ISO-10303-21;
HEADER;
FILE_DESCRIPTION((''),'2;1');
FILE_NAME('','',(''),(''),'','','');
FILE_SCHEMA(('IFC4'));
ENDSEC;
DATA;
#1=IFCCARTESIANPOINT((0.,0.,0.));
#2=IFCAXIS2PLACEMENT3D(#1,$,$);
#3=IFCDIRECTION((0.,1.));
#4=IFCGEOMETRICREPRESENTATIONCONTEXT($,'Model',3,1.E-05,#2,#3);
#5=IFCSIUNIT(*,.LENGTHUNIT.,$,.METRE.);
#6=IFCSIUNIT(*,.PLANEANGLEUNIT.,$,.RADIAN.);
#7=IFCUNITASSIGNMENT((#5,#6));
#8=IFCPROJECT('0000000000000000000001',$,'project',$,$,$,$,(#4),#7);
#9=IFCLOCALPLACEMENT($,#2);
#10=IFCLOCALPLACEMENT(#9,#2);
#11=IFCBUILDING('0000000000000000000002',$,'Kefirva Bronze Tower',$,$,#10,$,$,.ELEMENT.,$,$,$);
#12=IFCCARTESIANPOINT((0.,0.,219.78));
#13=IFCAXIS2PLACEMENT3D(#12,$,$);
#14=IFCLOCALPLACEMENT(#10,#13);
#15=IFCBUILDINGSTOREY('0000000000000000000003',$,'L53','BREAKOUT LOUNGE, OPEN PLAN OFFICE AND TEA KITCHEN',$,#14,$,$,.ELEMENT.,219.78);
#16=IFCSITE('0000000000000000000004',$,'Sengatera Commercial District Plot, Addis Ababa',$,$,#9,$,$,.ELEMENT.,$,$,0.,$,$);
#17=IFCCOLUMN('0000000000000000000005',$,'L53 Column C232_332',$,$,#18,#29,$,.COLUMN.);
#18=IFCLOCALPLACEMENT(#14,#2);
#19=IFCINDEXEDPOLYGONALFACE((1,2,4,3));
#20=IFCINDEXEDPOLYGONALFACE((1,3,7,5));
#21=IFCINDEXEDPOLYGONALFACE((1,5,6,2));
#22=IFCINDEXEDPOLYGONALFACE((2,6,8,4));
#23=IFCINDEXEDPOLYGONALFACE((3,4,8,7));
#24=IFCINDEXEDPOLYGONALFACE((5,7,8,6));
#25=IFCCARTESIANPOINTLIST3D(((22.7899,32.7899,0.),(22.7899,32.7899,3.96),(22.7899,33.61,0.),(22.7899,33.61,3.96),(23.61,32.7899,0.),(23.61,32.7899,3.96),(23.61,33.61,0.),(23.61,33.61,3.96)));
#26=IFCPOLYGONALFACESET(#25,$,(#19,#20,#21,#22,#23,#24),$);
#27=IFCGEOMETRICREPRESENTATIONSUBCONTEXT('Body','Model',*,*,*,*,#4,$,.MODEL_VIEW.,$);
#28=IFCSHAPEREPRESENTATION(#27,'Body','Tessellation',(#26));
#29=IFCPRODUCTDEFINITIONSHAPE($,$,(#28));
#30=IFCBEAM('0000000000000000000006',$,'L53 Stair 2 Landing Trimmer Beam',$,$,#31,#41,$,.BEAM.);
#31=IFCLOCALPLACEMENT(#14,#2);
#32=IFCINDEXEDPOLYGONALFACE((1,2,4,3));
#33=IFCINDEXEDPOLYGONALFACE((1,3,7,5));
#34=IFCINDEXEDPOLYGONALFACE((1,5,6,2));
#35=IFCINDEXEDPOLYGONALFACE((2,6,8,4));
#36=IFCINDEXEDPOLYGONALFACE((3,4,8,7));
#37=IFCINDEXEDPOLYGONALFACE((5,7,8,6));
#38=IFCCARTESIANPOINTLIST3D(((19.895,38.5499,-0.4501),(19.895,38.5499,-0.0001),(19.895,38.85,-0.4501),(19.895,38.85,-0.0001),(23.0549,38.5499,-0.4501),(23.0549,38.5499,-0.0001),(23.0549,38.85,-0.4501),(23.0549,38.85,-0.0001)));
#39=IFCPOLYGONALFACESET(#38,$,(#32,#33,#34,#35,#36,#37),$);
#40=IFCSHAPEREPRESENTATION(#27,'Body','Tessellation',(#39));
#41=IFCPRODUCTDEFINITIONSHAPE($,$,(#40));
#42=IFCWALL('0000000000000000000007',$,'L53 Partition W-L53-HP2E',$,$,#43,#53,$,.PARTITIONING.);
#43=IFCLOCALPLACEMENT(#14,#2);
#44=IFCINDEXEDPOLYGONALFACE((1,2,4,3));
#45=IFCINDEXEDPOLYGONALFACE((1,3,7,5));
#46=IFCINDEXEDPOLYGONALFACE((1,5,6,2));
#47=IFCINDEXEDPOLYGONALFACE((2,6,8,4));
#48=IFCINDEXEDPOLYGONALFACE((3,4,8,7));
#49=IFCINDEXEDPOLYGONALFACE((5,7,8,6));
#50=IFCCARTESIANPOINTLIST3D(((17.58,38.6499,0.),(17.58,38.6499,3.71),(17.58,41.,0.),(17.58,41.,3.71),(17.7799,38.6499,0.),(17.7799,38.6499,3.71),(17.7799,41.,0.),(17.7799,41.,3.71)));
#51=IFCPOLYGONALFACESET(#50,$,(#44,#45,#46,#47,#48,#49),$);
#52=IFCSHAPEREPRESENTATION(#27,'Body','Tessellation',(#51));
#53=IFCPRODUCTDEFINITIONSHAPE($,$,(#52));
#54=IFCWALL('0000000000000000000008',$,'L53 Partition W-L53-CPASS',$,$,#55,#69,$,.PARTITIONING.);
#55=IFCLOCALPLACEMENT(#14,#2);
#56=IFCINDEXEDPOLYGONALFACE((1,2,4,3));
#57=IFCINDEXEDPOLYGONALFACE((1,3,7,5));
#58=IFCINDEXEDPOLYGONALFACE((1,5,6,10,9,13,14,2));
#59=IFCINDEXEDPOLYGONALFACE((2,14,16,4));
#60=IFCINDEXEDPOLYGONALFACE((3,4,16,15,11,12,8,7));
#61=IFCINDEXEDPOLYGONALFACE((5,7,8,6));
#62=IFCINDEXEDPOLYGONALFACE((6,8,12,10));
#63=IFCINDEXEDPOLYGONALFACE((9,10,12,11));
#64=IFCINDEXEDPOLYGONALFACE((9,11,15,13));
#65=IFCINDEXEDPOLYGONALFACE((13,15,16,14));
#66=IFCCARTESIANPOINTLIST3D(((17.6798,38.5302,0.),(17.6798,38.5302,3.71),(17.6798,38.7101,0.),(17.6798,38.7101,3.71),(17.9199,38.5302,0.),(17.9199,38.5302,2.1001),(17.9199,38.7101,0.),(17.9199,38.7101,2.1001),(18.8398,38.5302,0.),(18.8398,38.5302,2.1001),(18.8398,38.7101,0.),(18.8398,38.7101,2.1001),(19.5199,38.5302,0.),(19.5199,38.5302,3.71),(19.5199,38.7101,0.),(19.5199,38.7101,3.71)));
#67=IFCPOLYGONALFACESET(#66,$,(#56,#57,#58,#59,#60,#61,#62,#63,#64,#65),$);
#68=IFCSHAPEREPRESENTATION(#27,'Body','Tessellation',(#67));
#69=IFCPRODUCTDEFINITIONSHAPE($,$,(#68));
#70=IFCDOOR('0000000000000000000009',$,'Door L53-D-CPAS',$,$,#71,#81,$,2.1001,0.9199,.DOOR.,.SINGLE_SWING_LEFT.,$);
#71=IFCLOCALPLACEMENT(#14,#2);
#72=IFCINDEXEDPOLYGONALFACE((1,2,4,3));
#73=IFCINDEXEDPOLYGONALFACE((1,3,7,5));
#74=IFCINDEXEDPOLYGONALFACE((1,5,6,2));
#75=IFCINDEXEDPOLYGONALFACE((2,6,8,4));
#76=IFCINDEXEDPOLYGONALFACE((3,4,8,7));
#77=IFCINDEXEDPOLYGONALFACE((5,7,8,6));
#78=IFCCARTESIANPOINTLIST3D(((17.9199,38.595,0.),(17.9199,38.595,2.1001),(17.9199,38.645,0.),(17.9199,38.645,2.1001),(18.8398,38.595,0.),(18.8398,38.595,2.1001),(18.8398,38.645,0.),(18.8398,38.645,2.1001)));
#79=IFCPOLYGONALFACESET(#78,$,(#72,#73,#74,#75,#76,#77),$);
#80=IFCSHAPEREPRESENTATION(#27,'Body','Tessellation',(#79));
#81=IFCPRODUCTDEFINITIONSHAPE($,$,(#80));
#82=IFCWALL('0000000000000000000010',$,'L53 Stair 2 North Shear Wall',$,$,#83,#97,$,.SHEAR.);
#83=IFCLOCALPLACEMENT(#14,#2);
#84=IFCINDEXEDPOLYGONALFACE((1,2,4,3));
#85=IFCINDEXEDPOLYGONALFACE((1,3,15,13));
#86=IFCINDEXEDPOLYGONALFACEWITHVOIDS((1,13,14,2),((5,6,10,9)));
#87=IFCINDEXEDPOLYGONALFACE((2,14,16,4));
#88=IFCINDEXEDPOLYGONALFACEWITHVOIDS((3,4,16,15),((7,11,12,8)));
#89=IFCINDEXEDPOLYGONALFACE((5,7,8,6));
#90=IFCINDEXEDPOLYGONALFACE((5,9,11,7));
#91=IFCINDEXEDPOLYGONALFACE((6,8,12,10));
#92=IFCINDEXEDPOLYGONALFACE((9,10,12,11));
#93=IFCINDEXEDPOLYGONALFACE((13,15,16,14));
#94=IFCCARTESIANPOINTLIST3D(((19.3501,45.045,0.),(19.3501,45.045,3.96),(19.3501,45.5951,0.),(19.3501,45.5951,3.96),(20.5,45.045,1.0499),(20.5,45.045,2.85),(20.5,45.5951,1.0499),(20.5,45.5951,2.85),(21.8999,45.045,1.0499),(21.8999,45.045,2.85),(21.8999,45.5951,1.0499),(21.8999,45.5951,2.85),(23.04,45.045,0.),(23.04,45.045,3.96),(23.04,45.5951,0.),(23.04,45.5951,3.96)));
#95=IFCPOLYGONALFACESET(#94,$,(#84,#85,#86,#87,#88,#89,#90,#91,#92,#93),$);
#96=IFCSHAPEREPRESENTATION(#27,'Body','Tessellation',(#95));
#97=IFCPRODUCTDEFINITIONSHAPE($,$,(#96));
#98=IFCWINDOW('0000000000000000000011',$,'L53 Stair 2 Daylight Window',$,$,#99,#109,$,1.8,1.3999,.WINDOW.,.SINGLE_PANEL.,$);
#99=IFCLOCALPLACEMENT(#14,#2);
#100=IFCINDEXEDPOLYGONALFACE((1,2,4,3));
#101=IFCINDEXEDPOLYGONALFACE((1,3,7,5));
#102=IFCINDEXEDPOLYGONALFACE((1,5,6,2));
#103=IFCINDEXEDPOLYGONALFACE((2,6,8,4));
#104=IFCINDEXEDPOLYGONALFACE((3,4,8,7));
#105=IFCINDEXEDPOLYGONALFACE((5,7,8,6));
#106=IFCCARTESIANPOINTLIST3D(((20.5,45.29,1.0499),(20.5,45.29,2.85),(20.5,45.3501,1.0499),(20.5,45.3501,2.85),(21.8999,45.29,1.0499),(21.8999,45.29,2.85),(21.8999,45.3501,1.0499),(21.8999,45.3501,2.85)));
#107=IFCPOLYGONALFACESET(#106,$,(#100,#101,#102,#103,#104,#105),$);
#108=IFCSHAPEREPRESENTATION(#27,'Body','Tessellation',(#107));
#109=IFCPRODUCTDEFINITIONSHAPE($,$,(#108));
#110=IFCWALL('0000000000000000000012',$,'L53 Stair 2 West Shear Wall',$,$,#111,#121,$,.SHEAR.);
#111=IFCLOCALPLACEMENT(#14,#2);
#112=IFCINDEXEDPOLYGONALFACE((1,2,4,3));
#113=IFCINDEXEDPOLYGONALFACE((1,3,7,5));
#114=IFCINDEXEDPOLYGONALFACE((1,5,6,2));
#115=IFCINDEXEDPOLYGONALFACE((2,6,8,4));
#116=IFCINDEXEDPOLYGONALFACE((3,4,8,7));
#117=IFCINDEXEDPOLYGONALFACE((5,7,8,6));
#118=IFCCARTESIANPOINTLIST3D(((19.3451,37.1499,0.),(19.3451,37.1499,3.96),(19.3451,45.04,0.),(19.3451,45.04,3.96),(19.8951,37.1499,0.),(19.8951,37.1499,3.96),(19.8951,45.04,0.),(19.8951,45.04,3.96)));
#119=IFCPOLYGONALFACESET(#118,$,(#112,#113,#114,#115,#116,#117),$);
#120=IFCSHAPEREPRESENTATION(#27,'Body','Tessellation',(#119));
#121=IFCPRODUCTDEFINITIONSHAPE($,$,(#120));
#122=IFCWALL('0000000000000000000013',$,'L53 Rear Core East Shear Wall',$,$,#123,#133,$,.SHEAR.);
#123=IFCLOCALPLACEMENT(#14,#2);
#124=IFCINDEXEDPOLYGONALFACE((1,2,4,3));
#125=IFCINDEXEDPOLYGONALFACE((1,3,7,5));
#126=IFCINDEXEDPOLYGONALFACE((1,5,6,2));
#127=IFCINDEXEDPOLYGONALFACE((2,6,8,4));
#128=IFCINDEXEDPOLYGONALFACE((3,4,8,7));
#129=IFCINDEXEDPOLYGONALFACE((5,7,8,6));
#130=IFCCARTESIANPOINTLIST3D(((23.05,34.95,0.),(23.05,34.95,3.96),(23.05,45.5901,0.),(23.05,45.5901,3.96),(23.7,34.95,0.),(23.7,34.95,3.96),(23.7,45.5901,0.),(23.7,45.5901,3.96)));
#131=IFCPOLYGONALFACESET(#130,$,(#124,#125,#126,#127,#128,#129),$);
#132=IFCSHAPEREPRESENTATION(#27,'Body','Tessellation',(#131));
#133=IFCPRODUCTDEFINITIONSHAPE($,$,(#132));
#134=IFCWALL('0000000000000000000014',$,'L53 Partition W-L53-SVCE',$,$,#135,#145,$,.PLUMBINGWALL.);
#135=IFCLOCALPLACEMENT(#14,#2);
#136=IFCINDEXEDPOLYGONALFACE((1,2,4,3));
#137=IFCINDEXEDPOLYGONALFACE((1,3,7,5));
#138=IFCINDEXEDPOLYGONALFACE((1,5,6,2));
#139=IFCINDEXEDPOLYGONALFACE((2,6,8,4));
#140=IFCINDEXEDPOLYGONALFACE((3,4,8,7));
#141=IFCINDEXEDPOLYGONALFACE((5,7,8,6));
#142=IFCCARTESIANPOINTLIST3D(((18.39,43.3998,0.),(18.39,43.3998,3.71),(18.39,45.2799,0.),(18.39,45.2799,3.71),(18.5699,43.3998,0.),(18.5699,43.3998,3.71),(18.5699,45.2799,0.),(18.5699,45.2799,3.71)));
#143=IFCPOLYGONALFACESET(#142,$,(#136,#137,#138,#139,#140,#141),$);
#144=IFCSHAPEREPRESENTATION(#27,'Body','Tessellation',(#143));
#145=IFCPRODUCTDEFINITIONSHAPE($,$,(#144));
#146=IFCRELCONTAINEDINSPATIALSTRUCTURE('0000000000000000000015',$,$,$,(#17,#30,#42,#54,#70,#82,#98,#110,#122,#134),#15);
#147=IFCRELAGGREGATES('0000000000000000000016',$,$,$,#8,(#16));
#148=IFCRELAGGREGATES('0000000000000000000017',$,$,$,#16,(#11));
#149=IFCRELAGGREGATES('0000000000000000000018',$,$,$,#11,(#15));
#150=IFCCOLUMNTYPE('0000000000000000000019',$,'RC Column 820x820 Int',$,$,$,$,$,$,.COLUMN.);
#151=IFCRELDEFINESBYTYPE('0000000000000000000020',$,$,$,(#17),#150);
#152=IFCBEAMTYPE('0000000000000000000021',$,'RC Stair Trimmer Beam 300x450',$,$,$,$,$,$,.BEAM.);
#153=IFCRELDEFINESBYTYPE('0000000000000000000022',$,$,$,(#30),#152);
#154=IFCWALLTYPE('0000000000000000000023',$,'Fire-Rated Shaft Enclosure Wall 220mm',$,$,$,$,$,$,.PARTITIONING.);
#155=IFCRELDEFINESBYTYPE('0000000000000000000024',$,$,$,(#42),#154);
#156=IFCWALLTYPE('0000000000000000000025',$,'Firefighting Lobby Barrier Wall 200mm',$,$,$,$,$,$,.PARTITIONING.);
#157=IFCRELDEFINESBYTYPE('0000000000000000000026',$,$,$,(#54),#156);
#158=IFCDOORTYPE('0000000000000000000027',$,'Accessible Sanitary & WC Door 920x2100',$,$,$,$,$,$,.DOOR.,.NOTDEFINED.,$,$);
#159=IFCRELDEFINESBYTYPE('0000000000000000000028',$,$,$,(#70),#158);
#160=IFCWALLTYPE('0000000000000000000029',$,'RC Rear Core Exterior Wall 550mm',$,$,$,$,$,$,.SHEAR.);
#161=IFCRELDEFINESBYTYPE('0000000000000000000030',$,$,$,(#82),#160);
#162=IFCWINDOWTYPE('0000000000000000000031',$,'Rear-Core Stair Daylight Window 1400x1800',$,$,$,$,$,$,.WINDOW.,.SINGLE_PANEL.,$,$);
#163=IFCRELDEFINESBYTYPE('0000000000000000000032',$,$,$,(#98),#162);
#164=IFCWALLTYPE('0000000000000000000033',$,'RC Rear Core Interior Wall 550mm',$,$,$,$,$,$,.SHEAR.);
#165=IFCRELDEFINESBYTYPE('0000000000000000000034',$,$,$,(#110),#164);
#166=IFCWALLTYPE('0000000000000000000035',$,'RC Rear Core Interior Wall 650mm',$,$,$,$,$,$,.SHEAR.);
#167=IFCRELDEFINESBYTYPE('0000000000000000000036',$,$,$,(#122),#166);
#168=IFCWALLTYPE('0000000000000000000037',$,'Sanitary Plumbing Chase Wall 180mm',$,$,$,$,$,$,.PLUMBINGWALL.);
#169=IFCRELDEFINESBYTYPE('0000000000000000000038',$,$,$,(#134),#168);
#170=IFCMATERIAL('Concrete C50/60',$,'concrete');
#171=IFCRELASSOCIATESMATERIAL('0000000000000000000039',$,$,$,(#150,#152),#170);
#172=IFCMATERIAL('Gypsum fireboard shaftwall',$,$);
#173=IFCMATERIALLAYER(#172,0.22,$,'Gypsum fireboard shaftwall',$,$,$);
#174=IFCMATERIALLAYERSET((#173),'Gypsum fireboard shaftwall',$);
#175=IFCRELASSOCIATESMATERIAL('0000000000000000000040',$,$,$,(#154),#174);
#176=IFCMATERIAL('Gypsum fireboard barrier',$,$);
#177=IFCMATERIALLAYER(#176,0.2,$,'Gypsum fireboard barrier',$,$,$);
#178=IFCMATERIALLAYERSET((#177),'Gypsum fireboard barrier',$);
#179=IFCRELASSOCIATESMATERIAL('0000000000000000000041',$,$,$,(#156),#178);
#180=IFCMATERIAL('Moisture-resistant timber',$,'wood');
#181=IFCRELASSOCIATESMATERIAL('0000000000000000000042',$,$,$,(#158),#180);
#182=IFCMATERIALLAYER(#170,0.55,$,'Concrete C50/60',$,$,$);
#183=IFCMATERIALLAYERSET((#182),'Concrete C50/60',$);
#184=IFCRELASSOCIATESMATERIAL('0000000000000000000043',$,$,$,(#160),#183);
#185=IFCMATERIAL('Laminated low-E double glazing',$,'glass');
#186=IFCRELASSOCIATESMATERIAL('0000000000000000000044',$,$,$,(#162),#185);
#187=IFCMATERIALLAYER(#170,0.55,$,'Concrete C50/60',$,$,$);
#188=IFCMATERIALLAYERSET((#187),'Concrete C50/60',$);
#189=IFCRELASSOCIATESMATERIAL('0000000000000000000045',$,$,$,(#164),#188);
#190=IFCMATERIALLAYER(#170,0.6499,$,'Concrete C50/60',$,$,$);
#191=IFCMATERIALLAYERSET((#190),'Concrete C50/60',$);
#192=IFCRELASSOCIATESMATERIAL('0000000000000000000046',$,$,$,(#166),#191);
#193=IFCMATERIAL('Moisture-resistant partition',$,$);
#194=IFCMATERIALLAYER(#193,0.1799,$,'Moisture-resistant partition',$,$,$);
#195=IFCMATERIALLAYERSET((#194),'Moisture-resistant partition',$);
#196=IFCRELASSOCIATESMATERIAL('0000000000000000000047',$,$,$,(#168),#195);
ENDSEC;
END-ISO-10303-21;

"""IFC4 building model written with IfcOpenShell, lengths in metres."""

from ifc_helpers import new_model, si_unit, direction, frame, frame_2d, origin, origin_2d, place, context, subcontext, project, spatial, rectangle, extrude, material, layer, layer_set, material_profile, profile_set, type_object, element, fill, save


model = new_model("IFC4")

# Units and contexts
model_context = context("Model", 3, precision=1e-05, world=origin(), true_north=direction((0.0, 1.0)))
body_context = subcontext(model_context, "Body", "Model", "MODEL_VIEW")
ifc_project = project(units=[si_unit("LENGTHUNIT", "METRE"), si_unit("PLANEANGLEUNIT", "RADIAN")], contexts=[model_context])

# Site, building, storey
site_placement = place(None, origin())
site = spatial("IfcSite", under=ifc_project, at=site_placement, Name="Sengatera Commercial District Plot, Addis Ababa", CompositionType="ELEMENT", RefElevation=0.0)
building_placement = place(site_placement, origin())
building = spatial("IfcBuilding", under=site, at=building_placement, Name="Kefirva Bronze Tower", CompositionType="ELEMENT")
storey_placement = place(building_placement, frame((0.0, 0.0, 219.78)))
storey = spatial("IfcBuildingStorey", under=building, at=storey_placement, Name="L53", Description="BREAKOUT LOUNGE, OPEN PLAN OFFICE AND TEA KITCHEN", CompositionType="ELEMENT", Elevation=219.78)

# Column
ifc_material_1 = material(Name="Concrete C50/60", Category="concrete")
ifc_material_profile_1 = material_profile(ifc_material_1, rectangle(XDim=0.8201, YDim=0.8201, at=origin_2d()), Name="RC 820x820")
ifc_profile_set_1 = profile_set([ifc_material_profile_1], Name="Concrete C50/60")
column_type = type_object("IfcColumnType", Name="RC Column 820x820 Int", PredefinedType="COLUMN", material=ifc_profile_set_1)
column_placement = place(storey_placement, frame((23.2, 33.2, 0.0), z_axis=(0.0, 0.0, 1.0), x_axis=(1.0, 0.0, 0.0)))
element("IfcColumn", 1, at=column_placement, inside=storey, type_object=column_type, Name="L53 Column C232_332", PredefinedType="COLUMN", context=body_context, shape_type="SweptSolid", body=[
    extrude(rectangle(XDim=0.8201, YDim=0.8201, at=origin_2d()), origin(), (0.0, 0.0, 1.0), 3.96),
])

# Beam
ifc_material_profile_2 = material_profile(ifc_material_1, rectangle(XDim=0.3, YDim=0.45, at=origin_2d()), Name="RC 300x450")
ifc_profile_set_2 = profile_set([ifc_material_profile_2], Name="Concrete C50/60")
beam_type = type_object("IfcBeamType", Name="RC Stair Trimmer Beam 300x450", PredefinedType="BEAM", material=ifc_profile_set_2)
beam_placement = place(storey_placement, frame((19.895, 38.7, -0.2251), z_axis=(1.0, 0.0, 0.0), x_axis=(0.0, 1.0, 0.0)))
element("IfcBeam", 2, at=beam_placement, inside=storey, type_object=beam_type, Name="L53 Stair 2 Landing Trimmer Beam", PredefinedType="BEAM", context=body_context, shape_type="SweptSolid", body=[
    extrude(rectangle(XDim=0.3, YDim=0.45, at=origin_2d()), origin(), (0.0, 0.0, 1.0), 3.1599),
])

# Shared definitions
ifc_material_2 = material(Name="Gypsum fireboard shaftwall")
ifc_layer_1 = layer(ifc_material_2, 0.22, Name="Gypsum fireboard shaftwall")
ifc_layer_set_1 = layer_set([ifc_layer_1], Name="Gypsum fireboard shaftwall")
wall_type_1 = type_object("IfcWallType", Name="Fire-Rated Shaft Enclosure Wall 220mm", PredefinedType="PARTITIONING", material=ifc_layer_set_1)

# Wall
wall_1_placement = place(storey_placement, frame((17.6799, 38.6499, 0.0), z_axis=(0.0, 0.0, 1.0), x_axis=(0.0, 1.0, 0.0)))
element("IfcWall", 3, at=wall_1_placement, inside=storey, type_object=wall_type_1, Name="L53 Partition W-L53-HP2E", PredefinedType="PARTITIONING", context=body_context, shape_type="SweptSolid", body=[
    extrude(rectangle(XDim=2.3501, YDim=0.2, at=frame_2d((1.175, 0.0))), origin(), (0.0, 0.0, 1.0), 3.71),
])

# Wall, opening, door
ifc_material_3 = material(Name="Gypsum fireboard barrier")
ifc_layer_2 = layer(ifc_material_3, 0.2, Name="Gypsum fireboard barrier")
ifc_layer_set_2 = layer_set([ifc_layer_2], Name="Gypsum fireboard barrier")
wall_type_2 = type_object("IfcWallType", Name="Firefighting Lobby Barrier Wall 200mm", PredefinedType="PARTITIONING", material=ifc_layer_set_2)
wall_2_placement = place(storey_placement, frame((17.6799, 38.6201, 0.0), z_axis=(0.0, 0.0, 1.0), x_axis=(1.0, 0.0, 0.0)))
wall_2 = element("IfcWall", 4, at=wall_2_placement, inside=storey, type_object=wall_type_2, Name="L53 Partition W-L53-CPASS", PredefinedType="PARTITIONING", context=body_context, shape_type="SweptSolid", body=[
    extrude(rectangle(XDim=1.8401, YDim=0.1799, at=frame_2d((0.9199, 0.0))), origin(), (0.0, 0.0, 1.0), 3.71),
])
opening_1_placement = place(wall_2_placement, frame((0.24, 0.0, 0.0)))
opening_1 = element("IfcOpeningElement", 5, at=opening_1_placement, cuts=wall_2, PredefinedType="OPENING", context=body_context, shape_type="SweptSolid", body=[
    extrude(rectangle(XDim=0.9199, YDim=2.1001, at=frame_2d((0.46, 1.05))), frame((0.0, 0.1001, 0.0), z_axis=(0.0, -1.0, 0.0), x_axis=(1.0, 0.0, 0.0)), (0.0, 0.0, 1.0), 0.2),
])
ifc_material_4 = material(Name="Moisture-resistant timber", Category="wood")
door_type_1 = type_object("IfcDoorType", Name="Accessible Sanitary & WC Door 920x2100", OperationType="NOTDEFINED", PredefinedType="DOOR", material=ifc_material_4)
door_1_placement = place(opening_1_placement, origin())
door_1 = element("IfcDoor", 6, at=door_1_placement, inside=storey, type_object=door_type_1, Name="Door L53-D-CPAS", OperationType="SINGLE_SWING_LEFT", OverallHeight=2.1001, OverallWidth=0.9199, PredefinedType="DOOR", context=body_context, shape_type="SweptSolid", body=[
    extrude(rectangle(XDim=0.9199, YDim=2.1001, at=frame_2d((0.46, 1.05))), frame((0.0, 0.0249, 0.0), z_axis=(0.0, -1.0, 0.0), x_axis=(1.0, 0.0, 0.0)), (0.0, 0.0, 1.0), 0.05),
])
fill(opening_1, door_1)

# Wall, opening, window
ifc_layer_3 = layer(ifc_material_1, 0.55, Name="Concrete C50/60")
ifc_layer_set_3 = layer_set([ifc_layer_3], Name="Concrete C50/60")
wall_type_3 = type_object("IfcWallType", Name="RC Rear Core Exterior Wall 550mm", PredefinedType="SHEAR", material=ifc_layer_set_3)
wall_3_placement = place(storey_placement, frame((19.3501, 45.3201, 0.0), z_axis=(0.0, 0.0, 1.0), x_axis=(1.0, 0.0, 0.0)))
wall_3 = element("IfcWall", 7, at=wall_3_placement, inside=storey, type_object=wall_type_3, Name="L53 Stair 2 North Shear Wall", PredefinedType="SHEAR", context=body_context, shape_type="SweptSolid", body=[
    extrude(rectangle(XDim=3.6899, YDim=0.55, at=frame_2d((1.845, 0.0))), origin(), (0.0, 0.0, 1.0), 3.96),
])
opening_2_placement = place(wall_3_placement, frame((1.1499, 0.0, 1.05)))
opening_2 = element("IfcOpeningElement", 8, at=opening_2_placement, cuts=wall_3, PredefinedType="OPENING", context=body_context, shape_type="SweptSolid", body=[
    extrude(rectangle(XDim=1.3999, YDim=1.8, at=frame_2d((0.7, 0.8999))), frame((0.0, 0.2852, 0.0), z_axis=(0.0, -1.0, 0.0), x_axis=(1.0, 0.0, 0.0)), (0.0, 0.0, 1.0), 0.5701),
])
ifc_material_5 = material(Name="Laminated low-E double glazing", Category="glass")
window_type = type_object("IfcWindowType", Name="Rear-Core Stair Daylight Window 1400x1800", PartitioningType="SINGLE_PANEL", PredefinedType="WINDOW", material=ifc_material_5)
window_placement = place(opening_2_placement, origin())
window = element("IfcWindow", 9, at=window_placement, inside=storey, type_object=window_type, Name="L53 Stair 2 Daylight Window", OverallHeight=1.8, OverallWidth=1.3999, PartitioningType="SINGLE_PANEL", PredefinedType="WINDOW", context=body_context, shape_type="SweptSolid", body=[
    extrude(rectangle(XDim=1.3999, YDim=1.8, at=frame_2d((0.7, 0.8999))), frame((0.0, 0.03, 0.0), z_axis=(0.0, -1.0, 0.0), x_axis=(1.0, 0.0, 0.0)), (0.0, 0.0, 1.0), 0.0601),
])
fill(opening_2, window)

# Walls
ifc_layer_4 = layer(ifc_material_1, 0.55, Name="Concrete C50/60")
ifc_layer_set_4 = layer_set([ifc_layer_4], Name="Concrete C50/60")
wall_type_4 = type_object("IfcWallType", Name="RC Rear Core Interior Wall 550mm", PredefinedType="SHEAR", material=ifc_layer_set_4)
wall_4_placement = place(storey_placement, frame((19.6201, 37.1499, 0.0), z_axis=(0.0, 0.0, 1.0), x_axis=(0.0, 1.0, 0.0)))
element("IfcWall", 10, at=wall_4_placement, inside=storey, type_object=wall_type_4, Name="L53 Stair 2 West Shear Wall", PredefinedType="SHEAR", context=body_context, shape_type="SweptSolid", body=[
    extrude(rectangle(XDim=7.8901, YDim=0.55, at=frame_2d((3.9451, 0.0))), origin(), (0.0, 0.0, 1.0), 3.96),
])
ifc_layer_5 = layer(ifc_material_1, 0.6499, Name="Concrete C50/60")
ifc_layer_set_5 = layer_set([ifc_layer_5], Name="Concrete C50/60")
wall_type_5 = type_object("IfcWallType", Name="RC Rear Core Interior Wall 650mm", PredefinedType="SHEAR", material=ifc_layer_set_5)
wall_5_placement = place(storey_placement, frame((23.375, 34.95, 0.0), z_axis=(0.0, 0.0, 1.0), x_axis=(0.0, 1.0, 0.0)))
element("IfcWall", 11, at=wall_5_placement, inside=storey, type_object=wall_type_5, Name="L53 Rear Core East Shear Wall", PredefinedType="SHEAR", context=body_context, shape_type="SweptSolid", body=[
    extrude(rectangle(XDim=10.6401, YDim=0.6499, at=frame_2d((5.3201, 0.0))), origin(), (0.0, 0.0, 1.0), 3.96),
])
ifc_material_6 = material(Name="Moisture-resistant partition")
ifc_layer_6 = layer(ifc_material_6, 0.1799, Name="Moisture-resistant partition")
ifc_layer_set_6 = layer_set([ifc_layer_6], Name="Moisture-resistant partition")
wall_type_6 = type_object("IfcWallType", Name="Sanitary Plumbing Chase Wall 180mm", PredefinedType="PLUMBINGWALL", material=ifc_layer_set_6)
wall_6_placement = place(storey_placement, frame((18.48, 43.3999, 0.0), z_axis=(0.0, 0.0, 1.0), x_axis=(0.0, 1.0, 0.0)))
element("IfcWall", 12, at=wall_6_placement, inside=storey, type_object=wall_type_6, Name="L53 Partition W-L53-SVCE", PredefinedType="PLUMBINGWALL", context=body_context, shape_type="SweptSolid", body=[
    extrude(rectangle(XDim=1.8801, YDim=0.1799, at=frame_2d((0.9399, 0.0))), origin(), (0.0, 0.0, 1.0), 3.71),
])

save(model, "model.ifc")
